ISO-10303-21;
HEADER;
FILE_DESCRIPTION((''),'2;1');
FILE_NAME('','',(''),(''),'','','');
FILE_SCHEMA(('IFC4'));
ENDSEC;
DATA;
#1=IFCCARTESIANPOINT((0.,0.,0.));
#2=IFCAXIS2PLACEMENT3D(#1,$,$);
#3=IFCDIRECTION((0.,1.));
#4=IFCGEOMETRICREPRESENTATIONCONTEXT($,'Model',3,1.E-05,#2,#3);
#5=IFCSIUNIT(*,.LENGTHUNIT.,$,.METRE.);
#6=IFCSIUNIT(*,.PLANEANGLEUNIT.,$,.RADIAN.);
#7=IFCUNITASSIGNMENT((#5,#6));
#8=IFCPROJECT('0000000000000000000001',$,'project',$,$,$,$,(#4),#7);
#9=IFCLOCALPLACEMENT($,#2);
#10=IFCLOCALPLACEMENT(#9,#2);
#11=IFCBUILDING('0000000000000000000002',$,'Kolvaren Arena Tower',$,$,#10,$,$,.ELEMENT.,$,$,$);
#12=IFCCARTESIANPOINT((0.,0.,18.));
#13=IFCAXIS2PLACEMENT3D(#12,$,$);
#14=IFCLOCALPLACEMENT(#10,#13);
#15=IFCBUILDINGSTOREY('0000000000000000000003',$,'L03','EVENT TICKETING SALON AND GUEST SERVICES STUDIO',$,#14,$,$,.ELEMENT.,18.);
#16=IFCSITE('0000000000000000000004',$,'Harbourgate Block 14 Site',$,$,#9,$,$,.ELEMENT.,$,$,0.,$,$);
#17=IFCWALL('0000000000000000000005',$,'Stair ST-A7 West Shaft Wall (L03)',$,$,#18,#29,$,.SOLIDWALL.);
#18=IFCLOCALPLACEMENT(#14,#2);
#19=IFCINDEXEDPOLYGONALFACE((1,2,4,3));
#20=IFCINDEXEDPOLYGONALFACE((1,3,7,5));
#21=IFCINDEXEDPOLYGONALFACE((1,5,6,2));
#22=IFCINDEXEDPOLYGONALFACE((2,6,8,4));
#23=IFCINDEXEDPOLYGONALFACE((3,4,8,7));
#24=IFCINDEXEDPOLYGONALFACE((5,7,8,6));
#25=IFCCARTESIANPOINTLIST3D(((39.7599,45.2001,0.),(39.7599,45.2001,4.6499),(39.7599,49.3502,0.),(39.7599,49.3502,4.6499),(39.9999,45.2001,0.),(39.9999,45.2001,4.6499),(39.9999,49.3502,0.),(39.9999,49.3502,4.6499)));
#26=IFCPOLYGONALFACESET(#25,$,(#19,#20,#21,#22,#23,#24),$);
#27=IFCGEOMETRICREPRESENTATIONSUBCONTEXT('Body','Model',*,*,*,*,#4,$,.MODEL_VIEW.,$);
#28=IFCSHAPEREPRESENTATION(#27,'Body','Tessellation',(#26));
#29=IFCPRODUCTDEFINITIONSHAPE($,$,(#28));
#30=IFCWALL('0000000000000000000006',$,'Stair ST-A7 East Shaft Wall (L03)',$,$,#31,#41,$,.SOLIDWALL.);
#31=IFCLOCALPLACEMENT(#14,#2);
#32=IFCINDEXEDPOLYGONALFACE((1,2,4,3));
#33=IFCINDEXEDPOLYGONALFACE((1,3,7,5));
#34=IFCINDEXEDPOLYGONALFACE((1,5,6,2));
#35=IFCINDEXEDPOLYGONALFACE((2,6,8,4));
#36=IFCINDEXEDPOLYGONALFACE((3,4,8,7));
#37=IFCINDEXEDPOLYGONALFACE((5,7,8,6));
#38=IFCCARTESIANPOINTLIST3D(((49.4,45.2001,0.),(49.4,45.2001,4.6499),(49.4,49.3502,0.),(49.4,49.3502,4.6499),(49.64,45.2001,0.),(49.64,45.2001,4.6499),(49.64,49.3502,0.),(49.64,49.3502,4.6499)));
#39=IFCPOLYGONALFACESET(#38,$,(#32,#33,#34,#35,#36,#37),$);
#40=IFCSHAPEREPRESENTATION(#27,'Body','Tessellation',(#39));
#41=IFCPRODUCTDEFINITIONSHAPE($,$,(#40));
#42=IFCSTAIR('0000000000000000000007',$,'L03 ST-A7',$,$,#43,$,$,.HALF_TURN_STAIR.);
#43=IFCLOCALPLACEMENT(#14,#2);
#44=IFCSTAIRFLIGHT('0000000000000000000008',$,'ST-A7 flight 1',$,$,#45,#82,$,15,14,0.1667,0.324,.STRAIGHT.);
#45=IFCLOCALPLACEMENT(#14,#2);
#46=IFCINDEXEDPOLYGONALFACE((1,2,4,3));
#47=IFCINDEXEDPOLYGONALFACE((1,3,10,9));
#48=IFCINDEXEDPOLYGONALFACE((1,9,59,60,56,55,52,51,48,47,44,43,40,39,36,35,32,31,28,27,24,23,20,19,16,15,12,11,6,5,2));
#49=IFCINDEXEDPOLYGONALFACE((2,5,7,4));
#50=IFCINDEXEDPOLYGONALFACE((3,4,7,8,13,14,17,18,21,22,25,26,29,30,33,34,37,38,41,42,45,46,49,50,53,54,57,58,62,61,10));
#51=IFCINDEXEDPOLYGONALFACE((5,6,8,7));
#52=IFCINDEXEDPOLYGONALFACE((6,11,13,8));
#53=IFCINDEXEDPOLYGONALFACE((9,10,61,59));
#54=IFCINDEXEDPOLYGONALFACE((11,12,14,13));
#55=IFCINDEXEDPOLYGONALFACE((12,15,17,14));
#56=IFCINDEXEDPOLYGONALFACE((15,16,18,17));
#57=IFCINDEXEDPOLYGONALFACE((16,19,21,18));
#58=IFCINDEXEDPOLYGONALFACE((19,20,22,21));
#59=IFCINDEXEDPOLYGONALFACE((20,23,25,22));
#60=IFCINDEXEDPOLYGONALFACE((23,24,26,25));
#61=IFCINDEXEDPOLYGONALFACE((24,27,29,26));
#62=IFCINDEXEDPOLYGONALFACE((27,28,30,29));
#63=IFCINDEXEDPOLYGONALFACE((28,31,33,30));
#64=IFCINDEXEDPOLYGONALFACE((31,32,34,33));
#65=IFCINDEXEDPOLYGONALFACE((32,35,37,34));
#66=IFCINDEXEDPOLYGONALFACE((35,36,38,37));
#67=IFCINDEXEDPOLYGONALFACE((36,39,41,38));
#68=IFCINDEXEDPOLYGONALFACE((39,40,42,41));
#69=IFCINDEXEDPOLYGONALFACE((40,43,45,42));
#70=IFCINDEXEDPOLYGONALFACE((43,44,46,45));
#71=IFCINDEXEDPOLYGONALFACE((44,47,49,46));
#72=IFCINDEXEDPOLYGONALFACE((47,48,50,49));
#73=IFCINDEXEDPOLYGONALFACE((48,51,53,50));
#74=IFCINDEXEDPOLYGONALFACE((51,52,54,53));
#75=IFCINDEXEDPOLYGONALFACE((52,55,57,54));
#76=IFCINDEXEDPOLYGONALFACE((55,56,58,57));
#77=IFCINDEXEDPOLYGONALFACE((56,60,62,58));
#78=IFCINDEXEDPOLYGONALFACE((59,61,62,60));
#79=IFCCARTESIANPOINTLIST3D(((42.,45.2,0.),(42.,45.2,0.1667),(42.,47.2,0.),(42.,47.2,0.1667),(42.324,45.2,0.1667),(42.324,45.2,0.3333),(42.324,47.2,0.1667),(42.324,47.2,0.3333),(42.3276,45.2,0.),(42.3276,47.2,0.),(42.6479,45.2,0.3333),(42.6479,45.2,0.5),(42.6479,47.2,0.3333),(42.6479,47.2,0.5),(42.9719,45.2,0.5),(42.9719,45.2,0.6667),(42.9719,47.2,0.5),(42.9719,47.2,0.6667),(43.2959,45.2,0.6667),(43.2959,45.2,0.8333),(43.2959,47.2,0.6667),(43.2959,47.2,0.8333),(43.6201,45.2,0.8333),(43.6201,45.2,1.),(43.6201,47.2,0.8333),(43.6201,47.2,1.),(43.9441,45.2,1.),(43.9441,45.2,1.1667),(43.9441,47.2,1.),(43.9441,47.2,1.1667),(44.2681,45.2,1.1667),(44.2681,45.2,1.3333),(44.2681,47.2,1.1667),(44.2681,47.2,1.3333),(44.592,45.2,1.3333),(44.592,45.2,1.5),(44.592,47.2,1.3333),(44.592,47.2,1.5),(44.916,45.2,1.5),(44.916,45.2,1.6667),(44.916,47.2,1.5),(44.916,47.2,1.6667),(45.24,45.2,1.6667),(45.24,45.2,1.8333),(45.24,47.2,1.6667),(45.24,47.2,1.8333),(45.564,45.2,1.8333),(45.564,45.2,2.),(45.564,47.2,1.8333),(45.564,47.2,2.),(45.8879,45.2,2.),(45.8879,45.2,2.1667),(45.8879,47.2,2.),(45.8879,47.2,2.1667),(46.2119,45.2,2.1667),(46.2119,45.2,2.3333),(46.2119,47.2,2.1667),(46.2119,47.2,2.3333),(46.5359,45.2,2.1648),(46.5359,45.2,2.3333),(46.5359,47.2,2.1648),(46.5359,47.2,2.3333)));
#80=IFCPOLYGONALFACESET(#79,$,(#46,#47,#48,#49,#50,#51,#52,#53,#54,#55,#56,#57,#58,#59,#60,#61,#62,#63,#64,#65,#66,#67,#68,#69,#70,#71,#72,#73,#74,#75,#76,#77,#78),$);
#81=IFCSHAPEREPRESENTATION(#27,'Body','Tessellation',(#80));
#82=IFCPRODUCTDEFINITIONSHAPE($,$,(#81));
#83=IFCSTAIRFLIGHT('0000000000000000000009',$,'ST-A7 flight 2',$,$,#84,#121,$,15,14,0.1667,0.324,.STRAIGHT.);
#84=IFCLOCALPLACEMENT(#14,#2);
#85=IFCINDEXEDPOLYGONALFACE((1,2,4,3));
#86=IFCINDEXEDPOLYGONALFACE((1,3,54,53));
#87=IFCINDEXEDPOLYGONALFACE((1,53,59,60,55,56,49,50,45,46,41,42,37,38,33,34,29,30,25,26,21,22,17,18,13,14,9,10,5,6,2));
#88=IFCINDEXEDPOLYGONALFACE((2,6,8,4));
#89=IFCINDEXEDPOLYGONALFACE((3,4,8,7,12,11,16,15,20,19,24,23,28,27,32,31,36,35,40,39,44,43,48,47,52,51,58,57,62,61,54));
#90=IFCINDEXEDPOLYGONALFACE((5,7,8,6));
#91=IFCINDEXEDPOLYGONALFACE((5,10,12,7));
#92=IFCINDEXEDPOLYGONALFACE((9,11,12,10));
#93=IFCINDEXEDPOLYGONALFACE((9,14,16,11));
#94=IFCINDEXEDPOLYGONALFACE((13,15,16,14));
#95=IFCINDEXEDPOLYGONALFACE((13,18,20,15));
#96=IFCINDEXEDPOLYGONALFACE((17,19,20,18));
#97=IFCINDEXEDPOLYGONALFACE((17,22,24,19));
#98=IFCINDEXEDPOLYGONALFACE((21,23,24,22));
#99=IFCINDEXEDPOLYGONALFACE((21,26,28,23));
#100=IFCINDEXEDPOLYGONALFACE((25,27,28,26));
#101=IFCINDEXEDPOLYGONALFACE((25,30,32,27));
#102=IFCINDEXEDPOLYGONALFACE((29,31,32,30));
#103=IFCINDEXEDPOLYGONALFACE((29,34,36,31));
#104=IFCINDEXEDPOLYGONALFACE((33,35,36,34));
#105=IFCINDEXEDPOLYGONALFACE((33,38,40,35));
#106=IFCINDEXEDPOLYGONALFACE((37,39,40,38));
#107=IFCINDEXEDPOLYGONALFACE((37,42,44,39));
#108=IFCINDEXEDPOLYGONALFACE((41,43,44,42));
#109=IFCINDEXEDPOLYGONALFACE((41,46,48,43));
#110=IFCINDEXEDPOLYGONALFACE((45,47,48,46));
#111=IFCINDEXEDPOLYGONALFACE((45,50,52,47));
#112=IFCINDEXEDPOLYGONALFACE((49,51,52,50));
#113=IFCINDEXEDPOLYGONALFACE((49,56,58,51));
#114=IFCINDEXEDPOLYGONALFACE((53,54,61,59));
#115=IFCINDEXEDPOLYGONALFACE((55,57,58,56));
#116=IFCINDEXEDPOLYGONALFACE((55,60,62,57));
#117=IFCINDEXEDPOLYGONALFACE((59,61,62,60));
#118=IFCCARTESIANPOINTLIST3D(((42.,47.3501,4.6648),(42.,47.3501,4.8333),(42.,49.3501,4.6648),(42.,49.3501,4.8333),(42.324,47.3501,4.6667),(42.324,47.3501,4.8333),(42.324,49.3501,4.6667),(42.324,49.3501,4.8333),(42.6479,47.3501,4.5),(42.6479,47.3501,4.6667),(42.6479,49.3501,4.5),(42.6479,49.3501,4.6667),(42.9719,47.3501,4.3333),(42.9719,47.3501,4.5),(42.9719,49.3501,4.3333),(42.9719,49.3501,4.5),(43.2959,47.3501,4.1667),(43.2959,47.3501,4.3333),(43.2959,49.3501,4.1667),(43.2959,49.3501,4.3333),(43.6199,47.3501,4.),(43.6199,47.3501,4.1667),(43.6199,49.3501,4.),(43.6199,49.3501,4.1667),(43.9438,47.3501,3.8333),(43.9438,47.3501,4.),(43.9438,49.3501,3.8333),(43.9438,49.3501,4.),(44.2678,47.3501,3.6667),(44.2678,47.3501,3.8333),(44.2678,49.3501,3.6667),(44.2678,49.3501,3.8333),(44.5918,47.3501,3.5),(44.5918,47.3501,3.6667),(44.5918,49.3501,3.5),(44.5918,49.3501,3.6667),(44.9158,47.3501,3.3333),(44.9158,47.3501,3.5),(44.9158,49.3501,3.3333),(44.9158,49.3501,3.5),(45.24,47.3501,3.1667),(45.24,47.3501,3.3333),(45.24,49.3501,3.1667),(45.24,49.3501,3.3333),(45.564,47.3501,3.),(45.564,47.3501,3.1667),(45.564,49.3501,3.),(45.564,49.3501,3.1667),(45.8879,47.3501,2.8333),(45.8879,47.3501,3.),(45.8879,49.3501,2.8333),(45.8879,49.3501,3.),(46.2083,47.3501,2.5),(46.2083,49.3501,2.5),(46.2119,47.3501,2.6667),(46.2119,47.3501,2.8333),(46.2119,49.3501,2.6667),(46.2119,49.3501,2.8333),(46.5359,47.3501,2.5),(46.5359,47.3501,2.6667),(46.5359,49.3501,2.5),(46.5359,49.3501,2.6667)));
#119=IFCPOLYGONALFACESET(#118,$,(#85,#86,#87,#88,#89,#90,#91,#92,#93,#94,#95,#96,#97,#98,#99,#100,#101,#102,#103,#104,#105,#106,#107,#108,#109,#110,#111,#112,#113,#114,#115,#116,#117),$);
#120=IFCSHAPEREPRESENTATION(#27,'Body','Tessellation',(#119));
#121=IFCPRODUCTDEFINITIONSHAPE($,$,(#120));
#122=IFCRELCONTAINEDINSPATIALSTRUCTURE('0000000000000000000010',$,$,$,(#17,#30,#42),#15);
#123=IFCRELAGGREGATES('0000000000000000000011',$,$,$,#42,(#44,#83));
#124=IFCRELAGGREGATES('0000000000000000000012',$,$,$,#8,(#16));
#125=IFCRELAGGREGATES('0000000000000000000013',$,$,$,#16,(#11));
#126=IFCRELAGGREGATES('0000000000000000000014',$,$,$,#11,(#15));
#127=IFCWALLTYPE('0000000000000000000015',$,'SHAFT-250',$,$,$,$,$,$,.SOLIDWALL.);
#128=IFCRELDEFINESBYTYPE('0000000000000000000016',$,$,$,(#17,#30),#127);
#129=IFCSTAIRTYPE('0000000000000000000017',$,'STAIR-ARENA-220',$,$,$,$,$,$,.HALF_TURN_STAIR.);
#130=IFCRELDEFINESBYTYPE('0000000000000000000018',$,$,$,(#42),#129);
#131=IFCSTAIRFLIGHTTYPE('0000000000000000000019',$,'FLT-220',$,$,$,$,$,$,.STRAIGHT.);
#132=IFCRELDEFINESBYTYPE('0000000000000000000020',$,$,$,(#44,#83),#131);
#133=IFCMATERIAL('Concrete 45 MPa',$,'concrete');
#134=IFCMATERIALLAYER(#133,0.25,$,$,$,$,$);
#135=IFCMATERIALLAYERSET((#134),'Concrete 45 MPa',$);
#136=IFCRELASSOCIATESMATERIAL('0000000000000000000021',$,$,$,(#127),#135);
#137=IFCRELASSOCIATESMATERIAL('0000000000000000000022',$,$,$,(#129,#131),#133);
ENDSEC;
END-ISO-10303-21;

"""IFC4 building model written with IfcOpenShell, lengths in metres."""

from ifc_helpers import new_model, si_unit, direction, frame, frame_2d, origin, place, context, subcontext, project, spatial, polyline, rectangle, outline, extrude, material, layer, layer_set, type_object, element, aggregate, save


model = new_model("IFC4")

# Units and contexts
model_context = context("Model", 3, precision=1e-05, world=origin(), true_north=direction((0.0, 1.0)))
body_context = subcontext(model_context, "Body", "Model", "MODEL_VIEW")
ifc_project = project(units=[si_unit("LENGTHUNIT", "METRE"), si_unit("PLANEANGLEUNIT", "RADIAN")], contexts=[model_context])

# Site, building, storey
site_placement = place(None, origin())
site = spatial("IfcSite", under=ifc_project, at=site_placement, Name="Harbourgate Block 14 Site", CompositionType="ELEMENT", RefElevation=0.0)
building_placement = place(site_placement, origin())
building = spatial("IfcBuilding", under=site, at=building_placement, Name="Kolvaren Arena Tower", CompositionType="ELEMENT")
storey_placement = place(building_placement, frame((0.0, 0.0, 18.0)))
storey = spatial("IfcBuildingStorey", under=building, at=storey_placement, Name="L03", Description="EVENT TICKETING SALON AND GUEST SERVICES STUDIO", CompositionType="ELEMENT", Elevation=18.0)

# Shared definitions
ifc_material_1 = material(Name="Concrete 45 MPa", Category="concrete")
ifc_layer_1 = layer(ifc_material_1, 0.25)
ifc_layer_set_1 = layer_set([ifc_layer_1], Name="Concrete 45 MPa")
wall_type_1 = type_object("IfcWallType", Name="SHAFT-250", PredefinedType="SOLIDWALL", material=ifc_layer_set_1)

# Walls
for number, where, z_axis, x_axis, name in (
    (1, (39.8799, 45.2, 0.0), (0.0, 0.0, 1.0), (0.0, 1.0, 0.0), "Stair ST-A7 West Shaft Wall (L03)"),
    (2, (49.52, 45.2, 0.0), (0.0, 0.0, 1.0), (0.0, 1.0, 0.0), "Stair ST-A7 East Shaft Wall (L03)"),
):
    element("IfcWall", number, at=place(storey_placement, frame(where, z_axis=z_axis, x_axis=x_axis)), inside=storey, type_object=wall_type_1, Name=name, PredefinedType="SOLIDWALL", context=body_context, shape_type="SweptSolid", body=[
        extrude(rectangle(XDim=4.1501, YDim=0.24, at=frame_2d((2.0752, 0.0))), origin(), (0.0, 0.0, 1.0), 4.6499),
    ])

# Stair, stair flights
stair_type = type_object("IfcStairType", Name="STAIR-ARENA-220", PredefinedType="HALF_TURN_STAIR", material=ifc_material_1)
stair_placement = place(storey_placement, origin())
stair = element("IfcStair", 3, at=stair_placement, inside=storey, type_object=stair_type, Name="L03 ST-A7", PredefinedType="HALF_TURN_STAIR")
stair_flight_type = type_object("IfcStairFlightType", Name="FLT-220", PredefinedType="STRAIGHT", material=ifc_material_1)
stair_flight_1_placement = place(storey_placement, frame((42.0, 46.2, 0.0), z_axis=(0.0, 0.0, 1.0), x_axis=(1.0, 0.0, 0.0)))
stair_flight_1 = element("IfcStairFlight", 4, at=stair_flight_1_placement, type_object=stair_flight_type, Name="ST-A7 flight 1", NumberOfRisers=15, NumberOfTreads=14, PredefinedType="STRAIGHT", RiserHeight=0.1667, TreadLength=0.324, context=body_context, shape_type="SweptSolid", body=[
    extrude(outline(polyline([(0.0, 0.0), (0.0, 0.1667), (0.324, 0.1667), (0.324, 0.3333), (0.6479, 0.3333), (0.6479, 0.5), (0.9719, 0.5), (0.9719, 0.6667), (1.2959, 0.6667), (1.2959, 0.8333), (1.6201, 0.8333), (1.6201, 1.0), (1.9441, 1.0), (1.9441, 1.1667), (2.2681, 1.1667), (2.2681, 1.3333), (2.592, 1.3333), (2.592, 1.5), (2.916, 1.5), (2.916, 1.6667), (3.24, 1.6667), (3.24, 1.8333), (3.564, 1.8333), (3.564, 2.0), (3.8879, 2.0), (3.8879, 2.1667), (4.2119, 2.1667), (4.2119, 2.3333), (4.5359, 2.3333), (4.5359, 2.5), (4.5359, 2.1648), (0.3276, 0.0), (0.0, 0.0)])), frame((0.0, 1.0, 0.0), z_axis=(0.0, -1.0, 0.0), x_axis=(1.0, 0.0, 0.0)), (0.0, 0.0, 1.0), 2.0),
])
stair_flight_2_placement = place(storey_placement, frame((46.5359, 48.3501, 2.5), z_axis=(0.0, 0.0, 1.0), x_axis=(-1.0, 0.0, 0.0)))
stair_flight_2 = element("IfcStairFlight", 5, at=stair_flight_2_placement, type_object=stair_flight_type, Name="ST-A7 flight 2", NumberOfRisers=15, NumberOfTreads=14, PredefinedType="STRAIGHT", RiserHeight=0.1667, TreadLength=0.324, context=body_context, shape_type="SweptSolid", body=[
    extrude(outline(polyline([(0.0, 0.0), (0.0, 0.1667), (0.324, 0.1667), (0.324, 0.3333), (0.6479, 0.3333), (0.6479, 0.5), (0.9719, 0.5), (0.9719, 0.6667), (1.2959, 0.6667), (1.2959, 0.8333), (1.6201, 0.8333), (1.6201, 1.0), (1.9441, 1.0), (1.9441, 1.1667), (2.2681, 1.1667), (2.2681, 1.3333), (2.592, 1.3333), (2.592, 1.5), (2.916, 1.5), (2.916, 1.6667), (3.24, 1.6667), (3.24, 1.8333), (3.564, 1.8333), (3.564, 2.0), (3.8879, 2.0), (3.8879, 2.1667), (4.2119, 2.1667), (4.2119, 2.3333), (4.5359, 2.3333), (4.5359, 2.5), (4.5359, 2.1648), (0.3276, 0.0), (0.0, 0.0)])), frame((0.0, 1.0, 0.0), z_axis=(0.0, -1.0, 0.0), x_axis=(1.0, 0.0, 0.0)), (0.0, 0.0, 1.0), 2.0),
])
aggregate(stair, [stair_flight_1, stair_flight_2])

save(model, "model.ifc")
